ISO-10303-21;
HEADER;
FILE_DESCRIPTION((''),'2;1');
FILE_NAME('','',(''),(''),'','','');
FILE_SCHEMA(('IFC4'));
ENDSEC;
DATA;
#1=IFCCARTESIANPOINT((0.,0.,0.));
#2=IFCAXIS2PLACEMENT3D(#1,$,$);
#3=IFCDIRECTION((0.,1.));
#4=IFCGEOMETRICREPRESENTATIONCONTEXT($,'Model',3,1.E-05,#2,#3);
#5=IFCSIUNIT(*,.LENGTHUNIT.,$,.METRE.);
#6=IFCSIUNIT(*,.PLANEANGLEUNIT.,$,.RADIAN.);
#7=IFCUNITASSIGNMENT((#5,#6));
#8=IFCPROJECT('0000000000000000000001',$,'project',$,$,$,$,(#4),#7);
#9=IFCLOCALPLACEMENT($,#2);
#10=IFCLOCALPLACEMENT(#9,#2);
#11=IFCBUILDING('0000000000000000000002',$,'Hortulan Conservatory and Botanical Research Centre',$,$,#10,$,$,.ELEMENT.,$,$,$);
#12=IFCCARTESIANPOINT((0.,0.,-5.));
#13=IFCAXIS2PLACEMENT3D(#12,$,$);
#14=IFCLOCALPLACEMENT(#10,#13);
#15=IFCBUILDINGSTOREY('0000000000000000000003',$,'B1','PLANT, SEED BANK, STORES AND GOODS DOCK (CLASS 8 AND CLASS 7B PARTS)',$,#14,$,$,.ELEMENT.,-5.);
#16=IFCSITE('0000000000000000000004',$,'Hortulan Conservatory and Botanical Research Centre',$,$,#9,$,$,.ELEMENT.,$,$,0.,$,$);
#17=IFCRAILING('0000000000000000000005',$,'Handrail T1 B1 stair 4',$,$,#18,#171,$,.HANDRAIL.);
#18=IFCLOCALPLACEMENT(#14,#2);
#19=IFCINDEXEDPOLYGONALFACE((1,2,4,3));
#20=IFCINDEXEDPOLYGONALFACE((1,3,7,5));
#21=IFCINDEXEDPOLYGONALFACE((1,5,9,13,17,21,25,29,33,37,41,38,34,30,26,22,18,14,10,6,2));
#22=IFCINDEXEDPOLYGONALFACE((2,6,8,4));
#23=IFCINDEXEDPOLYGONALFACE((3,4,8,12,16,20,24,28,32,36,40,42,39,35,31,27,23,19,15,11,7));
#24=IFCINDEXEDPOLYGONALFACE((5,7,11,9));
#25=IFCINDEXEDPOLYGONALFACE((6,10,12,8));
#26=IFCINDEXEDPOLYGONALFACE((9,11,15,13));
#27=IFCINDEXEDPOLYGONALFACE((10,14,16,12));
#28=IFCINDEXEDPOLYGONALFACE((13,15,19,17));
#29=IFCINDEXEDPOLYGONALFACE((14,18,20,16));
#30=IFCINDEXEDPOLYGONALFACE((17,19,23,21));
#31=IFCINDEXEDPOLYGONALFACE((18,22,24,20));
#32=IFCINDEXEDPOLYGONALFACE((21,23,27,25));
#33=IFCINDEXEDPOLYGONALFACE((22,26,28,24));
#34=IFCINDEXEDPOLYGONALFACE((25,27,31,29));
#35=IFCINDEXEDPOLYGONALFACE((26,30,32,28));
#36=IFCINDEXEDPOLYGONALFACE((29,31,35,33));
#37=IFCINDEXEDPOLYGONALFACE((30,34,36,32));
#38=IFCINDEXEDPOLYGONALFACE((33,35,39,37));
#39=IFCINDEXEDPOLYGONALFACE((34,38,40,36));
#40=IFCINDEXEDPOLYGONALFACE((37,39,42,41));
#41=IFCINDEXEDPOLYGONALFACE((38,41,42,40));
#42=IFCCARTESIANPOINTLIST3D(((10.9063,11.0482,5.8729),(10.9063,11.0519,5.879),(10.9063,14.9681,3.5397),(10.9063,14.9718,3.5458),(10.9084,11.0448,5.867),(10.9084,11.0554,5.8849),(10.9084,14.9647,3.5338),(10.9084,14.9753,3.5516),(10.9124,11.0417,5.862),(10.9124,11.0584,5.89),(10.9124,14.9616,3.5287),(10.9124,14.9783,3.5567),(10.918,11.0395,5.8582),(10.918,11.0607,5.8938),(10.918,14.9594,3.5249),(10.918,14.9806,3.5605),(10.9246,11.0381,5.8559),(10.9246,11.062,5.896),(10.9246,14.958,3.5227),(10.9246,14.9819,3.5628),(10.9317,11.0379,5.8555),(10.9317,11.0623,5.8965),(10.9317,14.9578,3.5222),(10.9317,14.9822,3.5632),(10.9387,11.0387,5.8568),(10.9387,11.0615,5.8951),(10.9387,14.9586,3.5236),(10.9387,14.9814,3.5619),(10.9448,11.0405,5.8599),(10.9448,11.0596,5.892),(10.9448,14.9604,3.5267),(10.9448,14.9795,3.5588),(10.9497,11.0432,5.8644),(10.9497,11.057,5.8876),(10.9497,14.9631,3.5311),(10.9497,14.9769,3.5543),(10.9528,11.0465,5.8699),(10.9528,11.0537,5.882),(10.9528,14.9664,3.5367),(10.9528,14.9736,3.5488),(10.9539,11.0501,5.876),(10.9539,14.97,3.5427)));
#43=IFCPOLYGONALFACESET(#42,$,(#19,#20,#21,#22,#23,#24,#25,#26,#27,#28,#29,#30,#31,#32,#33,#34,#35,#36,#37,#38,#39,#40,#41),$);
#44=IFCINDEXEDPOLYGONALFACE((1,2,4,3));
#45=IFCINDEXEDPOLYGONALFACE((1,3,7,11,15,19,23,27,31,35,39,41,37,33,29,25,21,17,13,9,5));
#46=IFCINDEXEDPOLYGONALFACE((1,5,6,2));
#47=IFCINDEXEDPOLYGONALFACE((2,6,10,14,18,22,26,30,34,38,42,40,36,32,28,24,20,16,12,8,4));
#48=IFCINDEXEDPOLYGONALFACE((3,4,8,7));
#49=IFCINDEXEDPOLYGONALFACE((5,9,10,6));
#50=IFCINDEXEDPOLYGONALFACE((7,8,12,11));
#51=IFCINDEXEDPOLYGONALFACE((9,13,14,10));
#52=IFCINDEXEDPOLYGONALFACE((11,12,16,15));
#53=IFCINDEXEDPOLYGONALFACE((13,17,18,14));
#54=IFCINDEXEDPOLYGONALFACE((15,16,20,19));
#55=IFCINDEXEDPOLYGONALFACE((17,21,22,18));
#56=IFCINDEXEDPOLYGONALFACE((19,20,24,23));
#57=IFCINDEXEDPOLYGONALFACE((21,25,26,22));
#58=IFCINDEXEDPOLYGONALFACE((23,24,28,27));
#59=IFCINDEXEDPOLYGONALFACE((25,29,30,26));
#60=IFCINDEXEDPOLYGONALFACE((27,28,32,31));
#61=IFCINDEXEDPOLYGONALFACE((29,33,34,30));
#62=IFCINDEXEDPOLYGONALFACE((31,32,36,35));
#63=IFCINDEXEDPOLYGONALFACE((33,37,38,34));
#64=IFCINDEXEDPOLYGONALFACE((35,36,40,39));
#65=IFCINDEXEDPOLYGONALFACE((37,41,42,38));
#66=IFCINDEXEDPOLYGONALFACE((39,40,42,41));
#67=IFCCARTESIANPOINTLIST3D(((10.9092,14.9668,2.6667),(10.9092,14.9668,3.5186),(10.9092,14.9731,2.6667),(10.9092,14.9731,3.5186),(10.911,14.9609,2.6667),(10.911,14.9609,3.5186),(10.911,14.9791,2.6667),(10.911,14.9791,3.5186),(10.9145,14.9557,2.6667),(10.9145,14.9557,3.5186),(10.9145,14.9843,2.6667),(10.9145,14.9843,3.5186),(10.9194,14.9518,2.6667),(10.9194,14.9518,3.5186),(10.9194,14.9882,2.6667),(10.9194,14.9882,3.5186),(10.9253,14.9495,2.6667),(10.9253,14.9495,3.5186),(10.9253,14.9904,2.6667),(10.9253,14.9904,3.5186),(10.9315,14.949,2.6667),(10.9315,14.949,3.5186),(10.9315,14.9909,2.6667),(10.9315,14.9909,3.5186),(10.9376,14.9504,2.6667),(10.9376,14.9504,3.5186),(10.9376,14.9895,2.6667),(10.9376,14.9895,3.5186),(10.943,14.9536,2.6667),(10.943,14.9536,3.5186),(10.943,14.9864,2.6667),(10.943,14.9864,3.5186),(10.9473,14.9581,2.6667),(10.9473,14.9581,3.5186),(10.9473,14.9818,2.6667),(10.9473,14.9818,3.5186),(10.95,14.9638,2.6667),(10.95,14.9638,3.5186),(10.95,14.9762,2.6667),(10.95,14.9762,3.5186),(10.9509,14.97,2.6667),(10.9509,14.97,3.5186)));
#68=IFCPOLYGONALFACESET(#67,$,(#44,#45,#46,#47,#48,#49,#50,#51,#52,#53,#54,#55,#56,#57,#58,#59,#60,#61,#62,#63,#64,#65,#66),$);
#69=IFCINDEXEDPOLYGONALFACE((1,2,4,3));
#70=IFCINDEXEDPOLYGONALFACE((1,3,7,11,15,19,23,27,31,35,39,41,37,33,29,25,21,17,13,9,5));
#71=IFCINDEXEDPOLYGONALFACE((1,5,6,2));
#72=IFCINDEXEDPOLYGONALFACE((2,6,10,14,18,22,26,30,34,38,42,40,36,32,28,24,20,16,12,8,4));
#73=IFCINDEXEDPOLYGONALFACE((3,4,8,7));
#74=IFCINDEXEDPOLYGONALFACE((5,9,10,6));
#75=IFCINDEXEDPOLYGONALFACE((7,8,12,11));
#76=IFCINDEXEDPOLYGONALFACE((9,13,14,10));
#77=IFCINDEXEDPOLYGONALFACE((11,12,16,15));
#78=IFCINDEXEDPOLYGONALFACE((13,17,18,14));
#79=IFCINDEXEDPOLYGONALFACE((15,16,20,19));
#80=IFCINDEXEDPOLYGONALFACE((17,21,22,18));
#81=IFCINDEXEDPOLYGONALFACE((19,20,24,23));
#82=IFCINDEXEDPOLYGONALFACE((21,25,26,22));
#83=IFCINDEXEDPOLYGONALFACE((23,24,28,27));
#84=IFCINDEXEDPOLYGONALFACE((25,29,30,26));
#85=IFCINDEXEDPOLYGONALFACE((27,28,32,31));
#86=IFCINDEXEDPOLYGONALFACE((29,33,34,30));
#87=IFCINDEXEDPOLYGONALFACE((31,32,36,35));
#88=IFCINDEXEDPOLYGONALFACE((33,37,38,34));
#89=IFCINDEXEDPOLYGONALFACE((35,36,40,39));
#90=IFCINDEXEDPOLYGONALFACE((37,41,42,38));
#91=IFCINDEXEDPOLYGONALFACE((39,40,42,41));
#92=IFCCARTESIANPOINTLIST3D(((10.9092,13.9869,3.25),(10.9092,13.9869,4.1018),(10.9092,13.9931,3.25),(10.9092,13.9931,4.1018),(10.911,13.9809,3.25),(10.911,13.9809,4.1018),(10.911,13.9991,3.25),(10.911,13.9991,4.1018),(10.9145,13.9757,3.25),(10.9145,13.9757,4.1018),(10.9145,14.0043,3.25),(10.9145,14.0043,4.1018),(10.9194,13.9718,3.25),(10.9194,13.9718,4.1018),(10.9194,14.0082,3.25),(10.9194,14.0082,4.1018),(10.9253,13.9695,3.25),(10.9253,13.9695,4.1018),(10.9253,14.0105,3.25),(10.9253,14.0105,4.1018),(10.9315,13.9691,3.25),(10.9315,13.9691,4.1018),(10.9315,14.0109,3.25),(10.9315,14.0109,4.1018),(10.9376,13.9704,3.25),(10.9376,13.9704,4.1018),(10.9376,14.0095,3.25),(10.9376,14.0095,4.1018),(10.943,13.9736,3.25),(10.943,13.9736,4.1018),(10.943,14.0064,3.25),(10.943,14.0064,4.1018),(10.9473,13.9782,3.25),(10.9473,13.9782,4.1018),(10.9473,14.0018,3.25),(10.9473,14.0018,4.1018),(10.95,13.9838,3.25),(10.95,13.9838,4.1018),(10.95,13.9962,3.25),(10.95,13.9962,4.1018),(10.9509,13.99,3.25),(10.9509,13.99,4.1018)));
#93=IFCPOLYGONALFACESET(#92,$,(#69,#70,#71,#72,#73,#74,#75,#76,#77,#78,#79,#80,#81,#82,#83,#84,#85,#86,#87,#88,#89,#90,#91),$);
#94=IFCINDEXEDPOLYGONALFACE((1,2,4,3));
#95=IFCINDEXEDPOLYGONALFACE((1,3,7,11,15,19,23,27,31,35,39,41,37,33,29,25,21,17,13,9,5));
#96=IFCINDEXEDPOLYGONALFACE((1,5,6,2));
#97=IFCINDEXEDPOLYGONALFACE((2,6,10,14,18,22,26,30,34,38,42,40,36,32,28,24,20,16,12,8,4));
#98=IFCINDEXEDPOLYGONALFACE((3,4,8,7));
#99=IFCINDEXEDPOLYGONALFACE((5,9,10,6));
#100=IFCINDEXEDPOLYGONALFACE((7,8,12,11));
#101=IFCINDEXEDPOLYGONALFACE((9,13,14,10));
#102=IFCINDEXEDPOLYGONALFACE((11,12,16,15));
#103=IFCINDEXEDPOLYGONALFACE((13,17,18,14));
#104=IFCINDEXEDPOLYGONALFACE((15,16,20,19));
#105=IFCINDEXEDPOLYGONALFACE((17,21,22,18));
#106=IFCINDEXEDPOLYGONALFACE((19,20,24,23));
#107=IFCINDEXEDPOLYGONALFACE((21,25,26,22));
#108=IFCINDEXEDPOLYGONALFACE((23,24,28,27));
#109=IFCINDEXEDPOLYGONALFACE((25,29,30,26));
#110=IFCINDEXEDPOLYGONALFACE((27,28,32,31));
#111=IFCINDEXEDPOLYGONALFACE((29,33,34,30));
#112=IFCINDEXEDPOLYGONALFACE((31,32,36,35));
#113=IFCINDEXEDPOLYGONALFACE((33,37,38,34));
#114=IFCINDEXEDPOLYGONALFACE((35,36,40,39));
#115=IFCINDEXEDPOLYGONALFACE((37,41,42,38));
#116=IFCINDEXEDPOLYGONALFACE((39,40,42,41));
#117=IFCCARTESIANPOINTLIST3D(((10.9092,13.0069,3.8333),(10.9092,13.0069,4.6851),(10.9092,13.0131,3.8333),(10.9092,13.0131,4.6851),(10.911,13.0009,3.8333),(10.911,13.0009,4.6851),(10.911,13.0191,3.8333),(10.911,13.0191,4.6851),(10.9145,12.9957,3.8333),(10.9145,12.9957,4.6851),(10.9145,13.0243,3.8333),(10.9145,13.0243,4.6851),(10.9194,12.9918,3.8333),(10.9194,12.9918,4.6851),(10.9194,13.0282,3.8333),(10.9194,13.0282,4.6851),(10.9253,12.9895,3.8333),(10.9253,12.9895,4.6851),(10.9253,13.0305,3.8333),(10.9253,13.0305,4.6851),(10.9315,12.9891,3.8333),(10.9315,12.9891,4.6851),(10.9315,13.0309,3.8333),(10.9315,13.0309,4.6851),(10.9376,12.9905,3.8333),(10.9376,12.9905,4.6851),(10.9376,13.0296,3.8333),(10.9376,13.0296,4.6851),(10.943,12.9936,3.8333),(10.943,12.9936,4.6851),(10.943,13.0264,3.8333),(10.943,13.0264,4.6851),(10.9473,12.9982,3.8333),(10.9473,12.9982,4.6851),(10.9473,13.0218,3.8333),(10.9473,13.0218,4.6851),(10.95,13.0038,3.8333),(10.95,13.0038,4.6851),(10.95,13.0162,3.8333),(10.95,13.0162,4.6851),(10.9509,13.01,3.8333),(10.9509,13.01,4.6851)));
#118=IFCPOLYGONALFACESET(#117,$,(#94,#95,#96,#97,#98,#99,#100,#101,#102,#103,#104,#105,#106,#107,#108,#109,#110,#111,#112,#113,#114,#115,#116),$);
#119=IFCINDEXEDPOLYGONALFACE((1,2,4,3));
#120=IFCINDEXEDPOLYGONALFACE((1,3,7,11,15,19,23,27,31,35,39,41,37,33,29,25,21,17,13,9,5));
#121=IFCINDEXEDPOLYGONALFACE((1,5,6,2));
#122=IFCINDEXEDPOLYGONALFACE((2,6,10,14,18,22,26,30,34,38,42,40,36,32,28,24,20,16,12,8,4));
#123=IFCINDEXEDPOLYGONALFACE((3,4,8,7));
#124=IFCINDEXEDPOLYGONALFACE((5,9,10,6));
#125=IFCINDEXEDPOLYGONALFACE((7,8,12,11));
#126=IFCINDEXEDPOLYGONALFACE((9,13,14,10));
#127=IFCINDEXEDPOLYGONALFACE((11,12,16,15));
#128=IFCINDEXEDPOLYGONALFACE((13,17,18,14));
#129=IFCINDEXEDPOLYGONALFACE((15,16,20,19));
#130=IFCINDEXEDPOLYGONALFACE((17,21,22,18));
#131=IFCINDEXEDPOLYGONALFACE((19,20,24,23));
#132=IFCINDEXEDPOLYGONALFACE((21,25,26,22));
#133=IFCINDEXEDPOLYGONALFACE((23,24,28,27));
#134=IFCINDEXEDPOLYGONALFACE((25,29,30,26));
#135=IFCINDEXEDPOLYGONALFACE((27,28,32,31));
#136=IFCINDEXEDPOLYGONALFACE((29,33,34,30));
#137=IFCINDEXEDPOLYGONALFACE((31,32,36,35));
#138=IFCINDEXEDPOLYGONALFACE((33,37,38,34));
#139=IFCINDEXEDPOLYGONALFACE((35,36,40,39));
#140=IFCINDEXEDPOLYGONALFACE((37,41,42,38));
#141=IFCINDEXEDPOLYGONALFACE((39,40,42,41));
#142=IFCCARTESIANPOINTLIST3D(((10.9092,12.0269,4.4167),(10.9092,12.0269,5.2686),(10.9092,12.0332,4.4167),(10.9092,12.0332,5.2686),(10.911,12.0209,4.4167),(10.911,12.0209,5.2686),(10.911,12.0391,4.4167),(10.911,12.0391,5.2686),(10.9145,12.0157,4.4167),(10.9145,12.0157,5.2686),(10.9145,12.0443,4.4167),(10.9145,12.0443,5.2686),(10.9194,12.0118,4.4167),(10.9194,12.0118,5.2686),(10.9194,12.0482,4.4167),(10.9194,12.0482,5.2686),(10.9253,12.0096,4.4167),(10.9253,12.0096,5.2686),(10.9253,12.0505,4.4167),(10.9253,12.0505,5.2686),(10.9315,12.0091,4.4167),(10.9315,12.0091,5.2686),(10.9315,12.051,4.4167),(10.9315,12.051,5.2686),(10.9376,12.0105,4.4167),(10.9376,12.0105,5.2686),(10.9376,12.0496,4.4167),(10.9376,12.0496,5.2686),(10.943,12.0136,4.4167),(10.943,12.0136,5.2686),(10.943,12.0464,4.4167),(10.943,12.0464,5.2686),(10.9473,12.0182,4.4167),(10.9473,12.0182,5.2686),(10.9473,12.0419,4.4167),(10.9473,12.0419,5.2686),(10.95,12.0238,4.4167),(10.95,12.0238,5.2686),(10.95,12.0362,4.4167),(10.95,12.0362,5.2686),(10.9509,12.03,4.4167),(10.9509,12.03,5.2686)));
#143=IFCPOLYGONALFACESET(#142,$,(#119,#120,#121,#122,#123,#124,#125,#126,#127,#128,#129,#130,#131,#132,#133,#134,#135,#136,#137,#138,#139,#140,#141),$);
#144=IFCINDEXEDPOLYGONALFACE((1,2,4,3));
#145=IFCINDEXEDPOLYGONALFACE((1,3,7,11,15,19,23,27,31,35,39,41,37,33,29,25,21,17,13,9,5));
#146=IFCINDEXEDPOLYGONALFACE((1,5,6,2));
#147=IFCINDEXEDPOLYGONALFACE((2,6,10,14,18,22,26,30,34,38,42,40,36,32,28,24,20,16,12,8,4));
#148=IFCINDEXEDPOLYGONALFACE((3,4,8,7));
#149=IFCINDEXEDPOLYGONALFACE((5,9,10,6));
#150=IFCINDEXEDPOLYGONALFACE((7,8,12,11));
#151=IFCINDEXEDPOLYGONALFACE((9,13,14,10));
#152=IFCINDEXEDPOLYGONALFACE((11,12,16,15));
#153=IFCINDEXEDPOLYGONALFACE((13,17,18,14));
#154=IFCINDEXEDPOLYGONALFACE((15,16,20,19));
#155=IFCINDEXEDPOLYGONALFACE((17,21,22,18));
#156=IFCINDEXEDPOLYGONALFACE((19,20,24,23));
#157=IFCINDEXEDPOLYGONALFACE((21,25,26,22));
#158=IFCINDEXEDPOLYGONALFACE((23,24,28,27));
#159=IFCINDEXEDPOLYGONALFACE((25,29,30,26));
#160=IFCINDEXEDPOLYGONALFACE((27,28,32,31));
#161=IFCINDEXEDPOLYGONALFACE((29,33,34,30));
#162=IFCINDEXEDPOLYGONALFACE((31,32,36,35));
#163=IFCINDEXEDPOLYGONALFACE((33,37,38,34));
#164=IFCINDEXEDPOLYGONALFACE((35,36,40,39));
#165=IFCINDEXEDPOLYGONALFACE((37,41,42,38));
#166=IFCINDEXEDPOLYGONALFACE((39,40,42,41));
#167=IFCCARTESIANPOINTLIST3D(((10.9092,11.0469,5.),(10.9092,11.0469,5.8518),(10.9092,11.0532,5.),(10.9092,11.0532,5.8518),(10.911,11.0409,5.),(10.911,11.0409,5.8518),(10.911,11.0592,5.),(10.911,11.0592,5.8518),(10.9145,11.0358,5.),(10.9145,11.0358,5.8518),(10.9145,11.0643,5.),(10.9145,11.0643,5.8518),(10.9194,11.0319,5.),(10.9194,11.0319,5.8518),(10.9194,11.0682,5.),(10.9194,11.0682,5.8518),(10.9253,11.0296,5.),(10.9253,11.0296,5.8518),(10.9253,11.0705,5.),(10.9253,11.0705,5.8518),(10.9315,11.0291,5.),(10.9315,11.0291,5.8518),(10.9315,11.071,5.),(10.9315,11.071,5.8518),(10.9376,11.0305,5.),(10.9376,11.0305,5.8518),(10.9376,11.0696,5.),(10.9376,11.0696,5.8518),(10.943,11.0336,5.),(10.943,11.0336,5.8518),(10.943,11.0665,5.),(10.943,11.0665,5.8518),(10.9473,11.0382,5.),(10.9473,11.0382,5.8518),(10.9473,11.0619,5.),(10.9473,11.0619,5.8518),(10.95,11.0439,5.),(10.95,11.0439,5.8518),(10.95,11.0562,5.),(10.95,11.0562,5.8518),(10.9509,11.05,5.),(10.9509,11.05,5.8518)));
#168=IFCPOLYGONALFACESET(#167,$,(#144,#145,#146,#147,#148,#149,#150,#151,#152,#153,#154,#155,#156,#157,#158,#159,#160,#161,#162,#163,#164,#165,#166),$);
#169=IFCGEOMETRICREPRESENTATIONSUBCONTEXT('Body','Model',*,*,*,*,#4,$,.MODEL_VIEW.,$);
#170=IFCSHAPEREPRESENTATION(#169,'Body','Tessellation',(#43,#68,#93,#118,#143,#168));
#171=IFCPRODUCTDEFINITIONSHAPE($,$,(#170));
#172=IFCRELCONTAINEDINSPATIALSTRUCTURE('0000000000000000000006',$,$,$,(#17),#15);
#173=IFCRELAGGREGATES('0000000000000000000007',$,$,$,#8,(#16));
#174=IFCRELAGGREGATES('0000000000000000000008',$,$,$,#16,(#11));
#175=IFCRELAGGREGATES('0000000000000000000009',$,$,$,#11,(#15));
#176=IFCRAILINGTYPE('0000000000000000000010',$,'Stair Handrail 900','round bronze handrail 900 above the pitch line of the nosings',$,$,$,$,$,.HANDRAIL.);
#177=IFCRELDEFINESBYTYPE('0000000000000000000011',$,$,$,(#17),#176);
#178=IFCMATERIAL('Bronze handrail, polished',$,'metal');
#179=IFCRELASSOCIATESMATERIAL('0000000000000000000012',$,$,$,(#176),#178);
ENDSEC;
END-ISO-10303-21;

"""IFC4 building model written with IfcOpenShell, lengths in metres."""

from ifc_helpers import new_model, si_unit, direction, frame, origin, origin_2d, place, context, subcontext, project, spatial, circle, extrude, material, type_object, element, save


model = new_model("IFC4")

# Units and contexts
model_context = context("Model", 3, precision=1e-05, world=origin(), true_north=direction((0.0, 1.0)))
body_context = subcontext(model_context, "Body", "Model", "MODEL_VIEW")
ifc_project = project(units=[si_unit("LENGTHUNIT", "METRE"), si_unit("PLANEANGLEUNIT", "RADIAN")], contexts=[model_context])

# Site, building, storey
site_placement = place(None, origin())
site = spatial("IfcSite", under=ifc_project, at=site_placement, Name="Hortulan Conservatory and Botanical Research Centre", CompositionType="ELEMENT", RefElevation=0.0)
building_placement = place(site_placement, origin())
building = spatial("IfcBuilding", under=site, at=building_placement, Name="Hortulan Conservatory and Botanical Research Centre", CompositionType="ELEMENT")
storey_placement = place(building_placement, frame((0.0, 0.0, -5.0)))
storey = spatial("IfcBuildingStorey", under=building, at=storey_placement, Name="B1", Description="PLANT, SEED BANK, STORES AND GOODS DOCK (CLASS 8 AND CLASS 7B PARTS)", CompositionType="ELEMENT", Elevation=-5.0)

# Railing
ifc_material_1 = material(Name="Bronze handrail, polished", Category="metal")
railing_type_1 = type_object("IfcRailingType", Name="Stair Handrail 900", Description="round bronze handrail 900 above the pitch line of the nosings", PredefinedType="HANDRAIL", material=ifc_material_1)
railing_1_placement = place(storey_placement, frame((10.9299, 14.97, 2.6667)))
element("IfcRailing", 1, at=railing_1_placement, inside=storey, type_object=railing_type_1, Name="Handrail T1 B1 stair 4", PredefinedType="HANDRAIL", context=body_context, shape_type="SweptSolid", body=[
    extrude(circle(Radius=0.0239, at=origin_2d()), frame((0.0, 0.0, 0.876), z_axis=(0.0, -0.859296, 0.511478), x_axis=(1.0, 0.0, 0.0)), (0.0, 0.0, 1.0), 4.5618),
    extrude(circle(Radius=0.021, at=origin_2d()), origin(), (0.0, 0.0, 1.0), 0.8518),
    extrude(circle(Radius=0.021, at=origin_2d()), frame((0.0, -0.98, 0.5833)), (0.0, 0.0, 1.0), 0.8518),
    extrude(circle(Radius=0.021, at=origin_2d()), frame((0.0, -1.96, 1.1665)), (0.0, 0.0, 1.0), 0.8518),
    extrude(circle(Radius=0.021, at=origin_2d()), frame((0.0, -2.9399, 1.75)), (0.0, 0.0, 1.0), 0.8518),
    extrude(circle(Radius=0.021, at=origin_2d()), frame((0.0, -3.9199, 2.3333)), (0.0, 0.0, 1.0), 0.8518),
])

save(model, "model.ifc")
